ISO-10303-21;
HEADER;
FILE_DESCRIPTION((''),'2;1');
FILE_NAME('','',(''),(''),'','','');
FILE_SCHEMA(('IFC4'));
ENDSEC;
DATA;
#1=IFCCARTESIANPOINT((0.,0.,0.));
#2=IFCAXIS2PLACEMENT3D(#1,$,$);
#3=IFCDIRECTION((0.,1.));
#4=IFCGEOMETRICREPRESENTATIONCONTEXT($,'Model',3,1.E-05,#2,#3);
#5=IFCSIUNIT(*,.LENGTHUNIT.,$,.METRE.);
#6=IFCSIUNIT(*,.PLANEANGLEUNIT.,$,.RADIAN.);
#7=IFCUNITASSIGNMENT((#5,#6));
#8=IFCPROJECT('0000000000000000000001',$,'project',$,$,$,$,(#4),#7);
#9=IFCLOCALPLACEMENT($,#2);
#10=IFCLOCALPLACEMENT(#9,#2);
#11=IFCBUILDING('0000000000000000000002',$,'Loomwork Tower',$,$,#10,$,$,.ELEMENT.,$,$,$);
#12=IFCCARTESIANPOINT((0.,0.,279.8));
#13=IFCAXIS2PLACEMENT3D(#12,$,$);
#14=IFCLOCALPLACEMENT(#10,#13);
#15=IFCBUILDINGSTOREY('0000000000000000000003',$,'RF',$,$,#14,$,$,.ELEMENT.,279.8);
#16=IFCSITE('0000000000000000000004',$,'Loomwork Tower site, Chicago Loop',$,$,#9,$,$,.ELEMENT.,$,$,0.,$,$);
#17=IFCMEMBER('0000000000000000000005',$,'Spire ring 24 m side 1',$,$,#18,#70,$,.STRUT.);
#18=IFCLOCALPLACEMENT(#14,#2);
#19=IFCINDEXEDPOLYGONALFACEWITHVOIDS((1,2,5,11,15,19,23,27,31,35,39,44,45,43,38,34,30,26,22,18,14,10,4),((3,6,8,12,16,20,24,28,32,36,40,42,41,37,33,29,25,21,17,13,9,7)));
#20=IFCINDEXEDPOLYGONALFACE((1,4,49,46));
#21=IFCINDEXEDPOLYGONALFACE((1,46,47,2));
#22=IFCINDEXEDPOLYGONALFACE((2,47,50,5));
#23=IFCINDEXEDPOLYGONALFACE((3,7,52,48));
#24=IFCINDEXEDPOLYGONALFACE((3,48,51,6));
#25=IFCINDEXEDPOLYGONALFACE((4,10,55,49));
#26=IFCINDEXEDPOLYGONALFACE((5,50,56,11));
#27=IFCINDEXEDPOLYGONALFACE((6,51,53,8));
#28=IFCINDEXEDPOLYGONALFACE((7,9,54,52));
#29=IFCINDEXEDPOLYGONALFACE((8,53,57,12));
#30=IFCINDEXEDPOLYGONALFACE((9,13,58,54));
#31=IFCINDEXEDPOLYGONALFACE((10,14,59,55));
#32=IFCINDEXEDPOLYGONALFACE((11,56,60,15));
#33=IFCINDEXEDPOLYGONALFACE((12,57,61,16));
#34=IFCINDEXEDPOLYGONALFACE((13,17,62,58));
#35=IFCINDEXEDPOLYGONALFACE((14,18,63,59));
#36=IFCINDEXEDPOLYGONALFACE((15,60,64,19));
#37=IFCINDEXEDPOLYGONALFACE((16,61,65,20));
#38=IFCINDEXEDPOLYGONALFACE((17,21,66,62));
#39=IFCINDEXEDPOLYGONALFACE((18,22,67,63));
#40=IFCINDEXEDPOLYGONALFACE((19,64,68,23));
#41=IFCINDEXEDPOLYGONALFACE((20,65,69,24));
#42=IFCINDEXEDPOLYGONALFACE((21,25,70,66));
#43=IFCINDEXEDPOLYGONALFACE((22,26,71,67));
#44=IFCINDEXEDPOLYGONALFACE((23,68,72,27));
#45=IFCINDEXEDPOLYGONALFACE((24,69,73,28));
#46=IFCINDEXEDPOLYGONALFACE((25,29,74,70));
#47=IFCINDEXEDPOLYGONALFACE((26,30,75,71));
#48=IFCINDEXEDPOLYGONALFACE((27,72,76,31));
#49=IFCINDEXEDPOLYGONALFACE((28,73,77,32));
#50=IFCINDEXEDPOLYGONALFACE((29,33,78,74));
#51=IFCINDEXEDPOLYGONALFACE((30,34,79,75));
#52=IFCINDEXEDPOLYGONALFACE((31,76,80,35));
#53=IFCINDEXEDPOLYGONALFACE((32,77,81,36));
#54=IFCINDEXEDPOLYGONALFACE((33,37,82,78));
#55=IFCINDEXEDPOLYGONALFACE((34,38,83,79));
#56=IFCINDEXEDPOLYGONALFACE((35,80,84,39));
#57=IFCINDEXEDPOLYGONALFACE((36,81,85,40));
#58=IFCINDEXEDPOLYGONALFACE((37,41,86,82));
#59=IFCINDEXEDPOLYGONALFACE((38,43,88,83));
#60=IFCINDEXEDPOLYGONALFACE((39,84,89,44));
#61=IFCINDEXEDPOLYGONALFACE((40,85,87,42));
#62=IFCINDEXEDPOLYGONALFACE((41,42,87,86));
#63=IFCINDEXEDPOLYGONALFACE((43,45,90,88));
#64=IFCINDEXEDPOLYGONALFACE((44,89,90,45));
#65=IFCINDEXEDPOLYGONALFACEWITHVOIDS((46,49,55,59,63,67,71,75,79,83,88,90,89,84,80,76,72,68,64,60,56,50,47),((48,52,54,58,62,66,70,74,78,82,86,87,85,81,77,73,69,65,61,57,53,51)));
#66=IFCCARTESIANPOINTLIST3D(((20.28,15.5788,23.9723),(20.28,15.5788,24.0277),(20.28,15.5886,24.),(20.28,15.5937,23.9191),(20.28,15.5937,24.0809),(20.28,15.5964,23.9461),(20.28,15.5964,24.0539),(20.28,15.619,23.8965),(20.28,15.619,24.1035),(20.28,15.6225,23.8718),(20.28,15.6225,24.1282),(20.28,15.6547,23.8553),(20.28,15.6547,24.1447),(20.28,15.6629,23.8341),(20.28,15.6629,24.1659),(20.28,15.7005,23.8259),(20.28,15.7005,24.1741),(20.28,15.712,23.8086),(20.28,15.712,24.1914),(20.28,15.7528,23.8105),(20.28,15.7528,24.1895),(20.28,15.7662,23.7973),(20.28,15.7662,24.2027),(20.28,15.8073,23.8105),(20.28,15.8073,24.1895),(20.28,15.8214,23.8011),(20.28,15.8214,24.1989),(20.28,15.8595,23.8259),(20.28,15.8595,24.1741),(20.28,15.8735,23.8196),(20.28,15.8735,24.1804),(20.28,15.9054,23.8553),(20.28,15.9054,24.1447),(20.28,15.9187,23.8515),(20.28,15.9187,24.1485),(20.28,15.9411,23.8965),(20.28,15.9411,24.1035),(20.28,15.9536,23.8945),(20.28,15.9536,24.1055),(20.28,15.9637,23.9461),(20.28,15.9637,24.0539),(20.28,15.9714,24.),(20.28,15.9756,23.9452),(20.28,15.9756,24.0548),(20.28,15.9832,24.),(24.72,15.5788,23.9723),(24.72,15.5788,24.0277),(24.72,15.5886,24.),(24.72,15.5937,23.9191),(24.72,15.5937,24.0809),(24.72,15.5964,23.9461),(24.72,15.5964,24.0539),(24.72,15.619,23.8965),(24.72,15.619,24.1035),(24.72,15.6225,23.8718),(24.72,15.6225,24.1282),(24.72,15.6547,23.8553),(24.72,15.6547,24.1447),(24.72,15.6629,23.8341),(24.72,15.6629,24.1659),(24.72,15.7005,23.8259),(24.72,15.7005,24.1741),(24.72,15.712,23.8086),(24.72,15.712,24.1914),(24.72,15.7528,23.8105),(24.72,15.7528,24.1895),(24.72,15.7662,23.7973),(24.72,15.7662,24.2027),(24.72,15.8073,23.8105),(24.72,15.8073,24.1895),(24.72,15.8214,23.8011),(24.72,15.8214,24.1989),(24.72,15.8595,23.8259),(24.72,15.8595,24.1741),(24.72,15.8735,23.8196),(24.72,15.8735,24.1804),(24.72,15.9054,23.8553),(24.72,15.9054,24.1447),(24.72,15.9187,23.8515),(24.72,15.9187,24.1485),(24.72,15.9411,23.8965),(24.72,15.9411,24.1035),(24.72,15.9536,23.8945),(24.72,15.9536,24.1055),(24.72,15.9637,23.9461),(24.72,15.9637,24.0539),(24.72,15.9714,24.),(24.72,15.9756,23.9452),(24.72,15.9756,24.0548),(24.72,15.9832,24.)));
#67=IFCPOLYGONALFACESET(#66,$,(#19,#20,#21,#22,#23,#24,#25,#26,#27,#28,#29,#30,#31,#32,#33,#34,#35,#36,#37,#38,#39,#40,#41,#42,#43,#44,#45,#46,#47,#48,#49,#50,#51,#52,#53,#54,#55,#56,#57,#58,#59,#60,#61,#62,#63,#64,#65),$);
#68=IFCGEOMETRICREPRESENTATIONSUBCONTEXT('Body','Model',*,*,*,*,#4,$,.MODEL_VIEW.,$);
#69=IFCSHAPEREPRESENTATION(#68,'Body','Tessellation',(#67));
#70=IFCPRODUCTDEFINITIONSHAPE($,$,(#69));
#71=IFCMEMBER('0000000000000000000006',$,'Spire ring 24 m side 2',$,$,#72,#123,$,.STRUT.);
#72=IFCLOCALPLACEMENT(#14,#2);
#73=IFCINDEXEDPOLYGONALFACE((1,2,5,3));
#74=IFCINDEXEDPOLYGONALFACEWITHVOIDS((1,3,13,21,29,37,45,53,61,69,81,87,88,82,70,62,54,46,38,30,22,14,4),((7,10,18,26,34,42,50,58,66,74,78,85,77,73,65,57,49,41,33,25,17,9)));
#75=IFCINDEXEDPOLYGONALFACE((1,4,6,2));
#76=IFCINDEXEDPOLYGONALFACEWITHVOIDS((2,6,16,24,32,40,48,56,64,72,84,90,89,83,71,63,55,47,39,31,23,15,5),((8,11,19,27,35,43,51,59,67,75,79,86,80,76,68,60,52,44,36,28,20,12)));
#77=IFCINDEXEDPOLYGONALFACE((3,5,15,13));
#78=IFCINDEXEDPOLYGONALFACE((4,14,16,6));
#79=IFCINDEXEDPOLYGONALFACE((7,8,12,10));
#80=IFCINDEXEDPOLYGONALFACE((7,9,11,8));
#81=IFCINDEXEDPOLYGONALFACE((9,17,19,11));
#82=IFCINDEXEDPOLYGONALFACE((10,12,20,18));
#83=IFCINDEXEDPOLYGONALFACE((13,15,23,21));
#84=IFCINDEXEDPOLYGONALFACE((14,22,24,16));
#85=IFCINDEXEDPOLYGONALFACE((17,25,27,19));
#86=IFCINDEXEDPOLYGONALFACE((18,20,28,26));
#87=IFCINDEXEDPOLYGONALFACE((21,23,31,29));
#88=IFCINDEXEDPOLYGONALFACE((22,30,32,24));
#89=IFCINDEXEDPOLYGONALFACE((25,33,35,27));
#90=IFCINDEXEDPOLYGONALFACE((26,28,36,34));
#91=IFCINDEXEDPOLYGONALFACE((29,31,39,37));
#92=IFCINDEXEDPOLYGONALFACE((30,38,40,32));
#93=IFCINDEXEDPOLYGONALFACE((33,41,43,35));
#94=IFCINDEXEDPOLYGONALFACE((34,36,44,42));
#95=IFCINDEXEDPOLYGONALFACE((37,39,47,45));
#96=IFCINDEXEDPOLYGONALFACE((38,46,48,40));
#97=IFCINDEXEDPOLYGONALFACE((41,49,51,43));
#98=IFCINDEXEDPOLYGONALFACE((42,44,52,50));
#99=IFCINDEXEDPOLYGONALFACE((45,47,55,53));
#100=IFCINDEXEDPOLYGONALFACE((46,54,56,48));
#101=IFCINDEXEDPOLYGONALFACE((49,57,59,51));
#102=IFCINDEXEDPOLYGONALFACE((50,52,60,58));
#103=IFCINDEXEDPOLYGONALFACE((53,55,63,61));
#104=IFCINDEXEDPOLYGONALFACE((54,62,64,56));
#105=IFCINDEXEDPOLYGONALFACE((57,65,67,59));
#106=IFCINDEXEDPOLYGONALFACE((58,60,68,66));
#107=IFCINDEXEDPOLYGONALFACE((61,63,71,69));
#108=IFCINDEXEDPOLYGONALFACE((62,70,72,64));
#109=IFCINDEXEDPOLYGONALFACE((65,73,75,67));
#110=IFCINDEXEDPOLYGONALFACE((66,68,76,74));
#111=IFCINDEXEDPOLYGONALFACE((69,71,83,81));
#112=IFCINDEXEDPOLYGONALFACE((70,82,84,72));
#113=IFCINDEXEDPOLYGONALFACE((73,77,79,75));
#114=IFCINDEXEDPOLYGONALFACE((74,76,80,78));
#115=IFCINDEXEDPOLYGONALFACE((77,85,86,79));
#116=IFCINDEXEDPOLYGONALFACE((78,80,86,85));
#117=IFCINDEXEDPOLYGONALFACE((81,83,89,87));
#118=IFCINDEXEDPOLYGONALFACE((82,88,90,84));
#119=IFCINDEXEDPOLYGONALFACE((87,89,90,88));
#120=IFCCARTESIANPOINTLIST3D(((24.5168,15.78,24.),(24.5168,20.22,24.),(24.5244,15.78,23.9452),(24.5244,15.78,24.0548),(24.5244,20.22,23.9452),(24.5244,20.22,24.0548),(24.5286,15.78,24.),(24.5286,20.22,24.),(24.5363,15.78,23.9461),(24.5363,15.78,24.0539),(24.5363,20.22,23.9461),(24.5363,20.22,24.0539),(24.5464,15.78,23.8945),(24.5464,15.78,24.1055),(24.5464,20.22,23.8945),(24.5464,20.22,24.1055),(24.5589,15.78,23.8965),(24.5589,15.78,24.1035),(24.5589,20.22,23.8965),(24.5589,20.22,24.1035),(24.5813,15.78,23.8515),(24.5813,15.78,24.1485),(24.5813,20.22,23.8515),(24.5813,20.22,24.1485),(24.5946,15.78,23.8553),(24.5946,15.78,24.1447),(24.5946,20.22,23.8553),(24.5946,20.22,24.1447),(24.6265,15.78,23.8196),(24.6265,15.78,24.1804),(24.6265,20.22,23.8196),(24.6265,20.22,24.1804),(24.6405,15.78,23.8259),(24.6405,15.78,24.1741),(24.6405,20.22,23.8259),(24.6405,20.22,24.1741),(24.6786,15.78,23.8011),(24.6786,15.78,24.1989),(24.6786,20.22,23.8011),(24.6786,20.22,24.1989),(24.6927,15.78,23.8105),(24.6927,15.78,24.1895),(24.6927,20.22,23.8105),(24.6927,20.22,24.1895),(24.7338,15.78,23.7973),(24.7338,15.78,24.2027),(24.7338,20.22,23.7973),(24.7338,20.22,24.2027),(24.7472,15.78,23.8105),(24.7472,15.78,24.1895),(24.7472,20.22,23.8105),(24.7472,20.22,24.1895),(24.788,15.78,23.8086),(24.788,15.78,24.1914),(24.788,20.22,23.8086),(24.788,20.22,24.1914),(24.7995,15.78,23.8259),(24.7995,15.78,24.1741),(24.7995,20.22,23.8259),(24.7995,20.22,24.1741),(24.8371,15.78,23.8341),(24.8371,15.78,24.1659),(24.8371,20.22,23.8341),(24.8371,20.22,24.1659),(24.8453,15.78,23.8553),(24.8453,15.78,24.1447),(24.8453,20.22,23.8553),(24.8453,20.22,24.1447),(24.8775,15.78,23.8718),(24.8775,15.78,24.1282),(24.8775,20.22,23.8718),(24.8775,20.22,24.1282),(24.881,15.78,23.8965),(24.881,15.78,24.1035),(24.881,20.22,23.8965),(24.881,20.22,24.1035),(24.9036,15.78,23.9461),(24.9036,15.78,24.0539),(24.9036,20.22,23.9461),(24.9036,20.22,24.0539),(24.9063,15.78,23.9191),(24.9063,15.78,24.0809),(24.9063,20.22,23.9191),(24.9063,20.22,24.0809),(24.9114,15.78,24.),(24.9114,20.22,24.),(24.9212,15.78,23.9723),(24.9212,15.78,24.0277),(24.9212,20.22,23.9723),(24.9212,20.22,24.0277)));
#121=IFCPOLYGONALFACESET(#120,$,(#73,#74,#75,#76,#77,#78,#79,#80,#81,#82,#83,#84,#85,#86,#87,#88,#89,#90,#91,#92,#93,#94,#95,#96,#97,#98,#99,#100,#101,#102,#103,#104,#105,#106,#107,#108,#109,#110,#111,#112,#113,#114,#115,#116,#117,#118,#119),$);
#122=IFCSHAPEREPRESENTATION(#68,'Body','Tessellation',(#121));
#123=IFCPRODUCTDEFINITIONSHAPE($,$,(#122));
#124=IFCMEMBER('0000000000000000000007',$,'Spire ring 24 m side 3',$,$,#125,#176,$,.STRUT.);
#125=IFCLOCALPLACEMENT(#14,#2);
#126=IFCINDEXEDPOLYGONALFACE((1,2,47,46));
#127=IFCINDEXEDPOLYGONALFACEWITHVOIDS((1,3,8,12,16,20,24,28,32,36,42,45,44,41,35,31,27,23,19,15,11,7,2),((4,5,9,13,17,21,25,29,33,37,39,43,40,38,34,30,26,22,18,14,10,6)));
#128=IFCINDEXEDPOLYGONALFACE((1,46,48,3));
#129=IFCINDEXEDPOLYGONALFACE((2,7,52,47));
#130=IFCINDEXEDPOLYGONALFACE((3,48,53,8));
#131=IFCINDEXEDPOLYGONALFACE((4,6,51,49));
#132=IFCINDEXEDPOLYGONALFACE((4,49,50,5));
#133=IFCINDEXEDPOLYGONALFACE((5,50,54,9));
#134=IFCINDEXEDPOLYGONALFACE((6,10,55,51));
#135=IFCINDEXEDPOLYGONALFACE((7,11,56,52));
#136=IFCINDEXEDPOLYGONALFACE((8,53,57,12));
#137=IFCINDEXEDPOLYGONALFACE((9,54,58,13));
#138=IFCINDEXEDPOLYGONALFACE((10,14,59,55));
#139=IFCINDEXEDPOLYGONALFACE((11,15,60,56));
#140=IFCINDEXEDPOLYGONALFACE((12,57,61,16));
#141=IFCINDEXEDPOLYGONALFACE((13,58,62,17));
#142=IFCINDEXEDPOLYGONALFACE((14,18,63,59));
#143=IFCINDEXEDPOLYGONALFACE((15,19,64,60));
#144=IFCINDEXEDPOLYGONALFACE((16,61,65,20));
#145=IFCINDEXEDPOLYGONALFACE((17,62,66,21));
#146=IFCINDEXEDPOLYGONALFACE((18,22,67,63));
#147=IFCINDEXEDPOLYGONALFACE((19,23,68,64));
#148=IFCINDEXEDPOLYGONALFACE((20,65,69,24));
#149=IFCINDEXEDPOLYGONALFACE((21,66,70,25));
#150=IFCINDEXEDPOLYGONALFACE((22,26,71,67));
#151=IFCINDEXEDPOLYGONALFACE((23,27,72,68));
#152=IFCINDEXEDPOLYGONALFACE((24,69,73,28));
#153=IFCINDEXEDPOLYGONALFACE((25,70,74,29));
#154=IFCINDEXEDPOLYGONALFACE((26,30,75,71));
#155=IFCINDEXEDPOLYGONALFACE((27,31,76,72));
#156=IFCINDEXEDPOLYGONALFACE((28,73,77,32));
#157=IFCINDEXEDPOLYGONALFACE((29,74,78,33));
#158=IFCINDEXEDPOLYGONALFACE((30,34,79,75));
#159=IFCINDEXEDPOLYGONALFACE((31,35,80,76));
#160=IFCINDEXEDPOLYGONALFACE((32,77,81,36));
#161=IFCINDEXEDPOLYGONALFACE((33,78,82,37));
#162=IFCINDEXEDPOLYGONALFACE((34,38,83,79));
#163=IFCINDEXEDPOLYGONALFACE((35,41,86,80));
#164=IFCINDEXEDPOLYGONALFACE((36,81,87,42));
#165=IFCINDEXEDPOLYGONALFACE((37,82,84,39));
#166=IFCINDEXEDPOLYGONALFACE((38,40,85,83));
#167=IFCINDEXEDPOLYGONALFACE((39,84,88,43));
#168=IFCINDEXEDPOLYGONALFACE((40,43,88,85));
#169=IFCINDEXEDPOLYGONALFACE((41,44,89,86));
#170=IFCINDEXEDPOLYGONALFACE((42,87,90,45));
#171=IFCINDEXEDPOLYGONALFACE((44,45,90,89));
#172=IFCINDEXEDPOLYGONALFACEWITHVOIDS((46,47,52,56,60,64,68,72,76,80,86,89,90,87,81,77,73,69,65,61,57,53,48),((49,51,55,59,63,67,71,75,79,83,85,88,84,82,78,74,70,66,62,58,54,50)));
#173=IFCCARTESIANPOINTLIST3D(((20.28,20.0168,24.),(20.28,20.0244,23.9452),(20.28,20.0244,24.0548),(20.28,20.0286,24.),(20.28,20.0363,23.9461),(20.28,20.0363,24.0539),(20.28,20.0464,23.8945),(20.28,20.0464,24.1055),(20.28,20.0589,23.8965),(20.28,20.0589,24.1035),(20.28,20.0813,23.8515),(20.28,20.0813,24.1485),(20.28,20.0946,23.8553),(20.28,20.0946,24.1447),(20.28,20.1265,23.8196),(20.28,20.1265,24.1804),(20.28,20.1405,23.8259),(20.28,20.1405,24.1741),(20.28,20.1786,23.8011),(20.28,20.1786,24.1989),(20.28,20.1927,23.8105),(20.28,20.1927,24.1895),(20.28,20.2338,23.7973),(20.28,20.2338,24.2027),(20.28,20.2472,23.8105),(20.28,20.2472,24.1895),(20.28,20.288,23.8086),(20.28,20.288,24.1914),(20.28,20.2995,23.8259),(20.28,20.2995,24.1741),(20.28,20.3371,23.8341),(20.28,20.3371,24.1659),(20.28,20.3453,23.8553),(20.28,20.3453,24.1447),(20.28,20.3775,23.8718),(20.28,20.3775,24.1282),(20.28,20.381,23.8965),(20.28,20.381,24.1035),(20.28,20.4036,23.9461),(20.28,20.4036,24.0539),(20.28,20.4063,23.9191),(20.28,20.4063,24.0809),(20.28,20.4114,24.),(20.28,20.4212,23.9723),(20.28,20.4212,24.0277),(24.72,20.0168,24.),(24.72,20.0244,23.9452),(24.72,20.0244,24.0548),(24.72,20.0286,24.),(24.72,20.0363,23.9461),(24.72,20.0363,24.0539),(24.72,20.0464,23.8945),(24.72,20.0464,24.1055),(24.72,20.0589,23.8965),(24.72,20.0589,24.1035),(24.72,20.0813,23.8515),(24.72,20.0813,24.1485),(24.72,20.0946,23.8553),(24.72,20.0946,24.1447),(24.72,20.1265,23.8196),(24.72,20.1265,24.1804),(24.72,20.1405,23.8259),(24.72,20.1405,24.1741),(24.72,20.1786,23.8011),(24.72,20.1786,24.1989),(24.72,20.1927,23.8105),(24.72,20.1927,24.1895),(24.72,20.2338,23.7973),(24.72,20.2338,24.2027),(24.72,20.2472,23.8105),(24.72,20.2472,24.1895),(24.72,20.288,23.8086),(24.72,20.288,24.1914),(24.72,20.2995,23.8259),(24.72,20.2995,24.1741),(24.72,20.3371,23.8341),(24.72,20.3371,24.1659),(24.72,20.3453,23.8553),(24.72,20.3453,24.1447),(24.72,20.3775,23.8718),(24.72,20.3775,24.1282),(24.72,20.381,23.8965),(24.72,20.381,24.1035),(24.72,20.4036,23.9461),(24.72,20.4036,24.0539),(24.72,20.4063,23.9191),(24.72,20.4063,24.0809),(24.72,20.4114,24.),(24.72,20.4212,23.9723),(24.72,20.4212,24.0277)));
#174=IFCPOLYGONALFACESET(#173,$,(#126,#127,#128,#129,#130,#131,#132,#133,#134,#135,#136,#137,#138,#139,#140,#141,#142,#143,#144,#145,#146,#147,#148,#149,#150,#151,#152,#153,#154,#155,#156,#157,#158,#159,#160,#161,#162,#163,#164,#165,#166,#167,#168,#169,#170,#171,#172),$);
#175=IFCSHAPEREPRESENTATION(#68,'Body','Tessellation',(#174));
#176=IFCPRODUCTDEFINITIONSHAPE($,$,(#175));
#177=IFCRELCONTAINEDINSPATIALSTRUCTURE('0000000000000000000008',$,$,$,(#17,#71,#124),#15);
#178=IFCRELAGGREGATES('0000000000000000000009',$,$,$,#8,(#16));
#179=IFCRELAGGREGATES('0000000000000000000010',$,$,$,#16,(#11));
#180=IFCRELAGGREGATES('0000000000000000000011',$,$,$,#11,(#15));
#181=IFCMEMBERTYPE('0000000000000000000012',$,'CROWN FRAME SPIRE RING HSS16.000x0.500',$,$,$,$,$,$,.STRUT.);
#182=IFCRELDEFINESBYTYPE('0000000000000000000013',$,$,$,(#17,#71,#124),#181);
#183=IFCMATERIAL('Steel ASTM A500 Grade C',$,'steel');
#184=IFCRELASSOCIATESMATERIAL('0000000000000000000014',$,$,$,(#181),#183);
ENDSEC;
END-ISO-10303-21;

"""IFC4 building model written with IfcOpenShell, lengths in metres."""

from ifc_helpers import new_model, si_unit, direction, frame, origin, origin_2d, place, context, subcontext, project, spatial, hollow_circle, extrude, material, material_profile, profile_set, type_object, element, save


model = new_model("IFC4")

# Units and contexts
model_context = context("Model", 3, precision=1e-05, world=origin(), true_north=direction((0.0, 1.0)))
body_context = subcontext(model_context, "Body", "Model", "MODEL_VIEW")
ifc_project = project(units=[si_unit("LENGTHUNIT", "METRE"), si_unit("PLANEANGLEUNIT", "RADIAN")], contexts=[model_context])

# Site, building, storey
site_placement = place(None, origin())
site = spatial("IfcSite", under=ifc_project, at=site_placement, Name="Loomwork Tower site, Chicago Loop", CompositionType="ELEMENT", RefElevation=0.0)
building_placement = place(site_placement, origin())
building = spatial("IfcBuilding", under=site, at=building_placement, Name="Loomwork Tower", CompositionType="ELEMENT")
storey_placement = place(building_placement, frame((0.0, 0.0, 279.8)))
storey = spatial("IfcBuildingStorey", under=building, at=storey_placement, Name="RF", CompositionType="ELEMENT", Elevation=279.8)

# Members
ifc_material_1 = material(Name="Steel ASTM A500 Grade C", Category="steel")
ifc_material_profile_1 = material_profile(ifc_material_1, hollow_circle(Radius=0.2031, WallThickness=0.0117, at=origin_2d()), Name="HSS16.000x0.500")
ifc_profile_set_1 = profile_set([ifc_material_profile_1], Name="Steel ASTM A500 Grade C")
member_type_1 = type_object("IfcMemberType", Name="CROWN FRAME SPIRE RING HSS16.000x0.500", PredefinedType="STRUT", material=ifc_profile_set_1)
for number, where, z_axis, x_axis, name in (
    (1, (20.28, 15.78, 24.0), (1.0, 0.0, 0.0), (0.0, 1.0, 0.0), "Spire ring 24 m side 1"),
    (2, (24.72, 15.78, 24.0), (0.0, 1.0, 0.0), (-1.0, 0.0, 0.0), "Spire ring 24 m side 2"),
    (3, (24.72, 20.22, 24.0), (-1.0, 0.0, 0.0), (0.0, -1.0, 0.0), "Spire ring 24 m side 3"),
):
    element("IfcMember", number, at=place(storey_placement, frame(where, z_axis=z_axis, x_axis=x_axis)), inside=storey, type_object=member_type_1, Name=name, PredefinedType="STRUT", context=body_context, shape_type="SweptSolid", body=[
        extrude(hollow_circle(Radius=0.2031, WallThickness=0.0117, at=origin_2d()), origin(), (0.0, 0.0, 1.0), 4.4399),
    ])

save(model, "model.ifc")
